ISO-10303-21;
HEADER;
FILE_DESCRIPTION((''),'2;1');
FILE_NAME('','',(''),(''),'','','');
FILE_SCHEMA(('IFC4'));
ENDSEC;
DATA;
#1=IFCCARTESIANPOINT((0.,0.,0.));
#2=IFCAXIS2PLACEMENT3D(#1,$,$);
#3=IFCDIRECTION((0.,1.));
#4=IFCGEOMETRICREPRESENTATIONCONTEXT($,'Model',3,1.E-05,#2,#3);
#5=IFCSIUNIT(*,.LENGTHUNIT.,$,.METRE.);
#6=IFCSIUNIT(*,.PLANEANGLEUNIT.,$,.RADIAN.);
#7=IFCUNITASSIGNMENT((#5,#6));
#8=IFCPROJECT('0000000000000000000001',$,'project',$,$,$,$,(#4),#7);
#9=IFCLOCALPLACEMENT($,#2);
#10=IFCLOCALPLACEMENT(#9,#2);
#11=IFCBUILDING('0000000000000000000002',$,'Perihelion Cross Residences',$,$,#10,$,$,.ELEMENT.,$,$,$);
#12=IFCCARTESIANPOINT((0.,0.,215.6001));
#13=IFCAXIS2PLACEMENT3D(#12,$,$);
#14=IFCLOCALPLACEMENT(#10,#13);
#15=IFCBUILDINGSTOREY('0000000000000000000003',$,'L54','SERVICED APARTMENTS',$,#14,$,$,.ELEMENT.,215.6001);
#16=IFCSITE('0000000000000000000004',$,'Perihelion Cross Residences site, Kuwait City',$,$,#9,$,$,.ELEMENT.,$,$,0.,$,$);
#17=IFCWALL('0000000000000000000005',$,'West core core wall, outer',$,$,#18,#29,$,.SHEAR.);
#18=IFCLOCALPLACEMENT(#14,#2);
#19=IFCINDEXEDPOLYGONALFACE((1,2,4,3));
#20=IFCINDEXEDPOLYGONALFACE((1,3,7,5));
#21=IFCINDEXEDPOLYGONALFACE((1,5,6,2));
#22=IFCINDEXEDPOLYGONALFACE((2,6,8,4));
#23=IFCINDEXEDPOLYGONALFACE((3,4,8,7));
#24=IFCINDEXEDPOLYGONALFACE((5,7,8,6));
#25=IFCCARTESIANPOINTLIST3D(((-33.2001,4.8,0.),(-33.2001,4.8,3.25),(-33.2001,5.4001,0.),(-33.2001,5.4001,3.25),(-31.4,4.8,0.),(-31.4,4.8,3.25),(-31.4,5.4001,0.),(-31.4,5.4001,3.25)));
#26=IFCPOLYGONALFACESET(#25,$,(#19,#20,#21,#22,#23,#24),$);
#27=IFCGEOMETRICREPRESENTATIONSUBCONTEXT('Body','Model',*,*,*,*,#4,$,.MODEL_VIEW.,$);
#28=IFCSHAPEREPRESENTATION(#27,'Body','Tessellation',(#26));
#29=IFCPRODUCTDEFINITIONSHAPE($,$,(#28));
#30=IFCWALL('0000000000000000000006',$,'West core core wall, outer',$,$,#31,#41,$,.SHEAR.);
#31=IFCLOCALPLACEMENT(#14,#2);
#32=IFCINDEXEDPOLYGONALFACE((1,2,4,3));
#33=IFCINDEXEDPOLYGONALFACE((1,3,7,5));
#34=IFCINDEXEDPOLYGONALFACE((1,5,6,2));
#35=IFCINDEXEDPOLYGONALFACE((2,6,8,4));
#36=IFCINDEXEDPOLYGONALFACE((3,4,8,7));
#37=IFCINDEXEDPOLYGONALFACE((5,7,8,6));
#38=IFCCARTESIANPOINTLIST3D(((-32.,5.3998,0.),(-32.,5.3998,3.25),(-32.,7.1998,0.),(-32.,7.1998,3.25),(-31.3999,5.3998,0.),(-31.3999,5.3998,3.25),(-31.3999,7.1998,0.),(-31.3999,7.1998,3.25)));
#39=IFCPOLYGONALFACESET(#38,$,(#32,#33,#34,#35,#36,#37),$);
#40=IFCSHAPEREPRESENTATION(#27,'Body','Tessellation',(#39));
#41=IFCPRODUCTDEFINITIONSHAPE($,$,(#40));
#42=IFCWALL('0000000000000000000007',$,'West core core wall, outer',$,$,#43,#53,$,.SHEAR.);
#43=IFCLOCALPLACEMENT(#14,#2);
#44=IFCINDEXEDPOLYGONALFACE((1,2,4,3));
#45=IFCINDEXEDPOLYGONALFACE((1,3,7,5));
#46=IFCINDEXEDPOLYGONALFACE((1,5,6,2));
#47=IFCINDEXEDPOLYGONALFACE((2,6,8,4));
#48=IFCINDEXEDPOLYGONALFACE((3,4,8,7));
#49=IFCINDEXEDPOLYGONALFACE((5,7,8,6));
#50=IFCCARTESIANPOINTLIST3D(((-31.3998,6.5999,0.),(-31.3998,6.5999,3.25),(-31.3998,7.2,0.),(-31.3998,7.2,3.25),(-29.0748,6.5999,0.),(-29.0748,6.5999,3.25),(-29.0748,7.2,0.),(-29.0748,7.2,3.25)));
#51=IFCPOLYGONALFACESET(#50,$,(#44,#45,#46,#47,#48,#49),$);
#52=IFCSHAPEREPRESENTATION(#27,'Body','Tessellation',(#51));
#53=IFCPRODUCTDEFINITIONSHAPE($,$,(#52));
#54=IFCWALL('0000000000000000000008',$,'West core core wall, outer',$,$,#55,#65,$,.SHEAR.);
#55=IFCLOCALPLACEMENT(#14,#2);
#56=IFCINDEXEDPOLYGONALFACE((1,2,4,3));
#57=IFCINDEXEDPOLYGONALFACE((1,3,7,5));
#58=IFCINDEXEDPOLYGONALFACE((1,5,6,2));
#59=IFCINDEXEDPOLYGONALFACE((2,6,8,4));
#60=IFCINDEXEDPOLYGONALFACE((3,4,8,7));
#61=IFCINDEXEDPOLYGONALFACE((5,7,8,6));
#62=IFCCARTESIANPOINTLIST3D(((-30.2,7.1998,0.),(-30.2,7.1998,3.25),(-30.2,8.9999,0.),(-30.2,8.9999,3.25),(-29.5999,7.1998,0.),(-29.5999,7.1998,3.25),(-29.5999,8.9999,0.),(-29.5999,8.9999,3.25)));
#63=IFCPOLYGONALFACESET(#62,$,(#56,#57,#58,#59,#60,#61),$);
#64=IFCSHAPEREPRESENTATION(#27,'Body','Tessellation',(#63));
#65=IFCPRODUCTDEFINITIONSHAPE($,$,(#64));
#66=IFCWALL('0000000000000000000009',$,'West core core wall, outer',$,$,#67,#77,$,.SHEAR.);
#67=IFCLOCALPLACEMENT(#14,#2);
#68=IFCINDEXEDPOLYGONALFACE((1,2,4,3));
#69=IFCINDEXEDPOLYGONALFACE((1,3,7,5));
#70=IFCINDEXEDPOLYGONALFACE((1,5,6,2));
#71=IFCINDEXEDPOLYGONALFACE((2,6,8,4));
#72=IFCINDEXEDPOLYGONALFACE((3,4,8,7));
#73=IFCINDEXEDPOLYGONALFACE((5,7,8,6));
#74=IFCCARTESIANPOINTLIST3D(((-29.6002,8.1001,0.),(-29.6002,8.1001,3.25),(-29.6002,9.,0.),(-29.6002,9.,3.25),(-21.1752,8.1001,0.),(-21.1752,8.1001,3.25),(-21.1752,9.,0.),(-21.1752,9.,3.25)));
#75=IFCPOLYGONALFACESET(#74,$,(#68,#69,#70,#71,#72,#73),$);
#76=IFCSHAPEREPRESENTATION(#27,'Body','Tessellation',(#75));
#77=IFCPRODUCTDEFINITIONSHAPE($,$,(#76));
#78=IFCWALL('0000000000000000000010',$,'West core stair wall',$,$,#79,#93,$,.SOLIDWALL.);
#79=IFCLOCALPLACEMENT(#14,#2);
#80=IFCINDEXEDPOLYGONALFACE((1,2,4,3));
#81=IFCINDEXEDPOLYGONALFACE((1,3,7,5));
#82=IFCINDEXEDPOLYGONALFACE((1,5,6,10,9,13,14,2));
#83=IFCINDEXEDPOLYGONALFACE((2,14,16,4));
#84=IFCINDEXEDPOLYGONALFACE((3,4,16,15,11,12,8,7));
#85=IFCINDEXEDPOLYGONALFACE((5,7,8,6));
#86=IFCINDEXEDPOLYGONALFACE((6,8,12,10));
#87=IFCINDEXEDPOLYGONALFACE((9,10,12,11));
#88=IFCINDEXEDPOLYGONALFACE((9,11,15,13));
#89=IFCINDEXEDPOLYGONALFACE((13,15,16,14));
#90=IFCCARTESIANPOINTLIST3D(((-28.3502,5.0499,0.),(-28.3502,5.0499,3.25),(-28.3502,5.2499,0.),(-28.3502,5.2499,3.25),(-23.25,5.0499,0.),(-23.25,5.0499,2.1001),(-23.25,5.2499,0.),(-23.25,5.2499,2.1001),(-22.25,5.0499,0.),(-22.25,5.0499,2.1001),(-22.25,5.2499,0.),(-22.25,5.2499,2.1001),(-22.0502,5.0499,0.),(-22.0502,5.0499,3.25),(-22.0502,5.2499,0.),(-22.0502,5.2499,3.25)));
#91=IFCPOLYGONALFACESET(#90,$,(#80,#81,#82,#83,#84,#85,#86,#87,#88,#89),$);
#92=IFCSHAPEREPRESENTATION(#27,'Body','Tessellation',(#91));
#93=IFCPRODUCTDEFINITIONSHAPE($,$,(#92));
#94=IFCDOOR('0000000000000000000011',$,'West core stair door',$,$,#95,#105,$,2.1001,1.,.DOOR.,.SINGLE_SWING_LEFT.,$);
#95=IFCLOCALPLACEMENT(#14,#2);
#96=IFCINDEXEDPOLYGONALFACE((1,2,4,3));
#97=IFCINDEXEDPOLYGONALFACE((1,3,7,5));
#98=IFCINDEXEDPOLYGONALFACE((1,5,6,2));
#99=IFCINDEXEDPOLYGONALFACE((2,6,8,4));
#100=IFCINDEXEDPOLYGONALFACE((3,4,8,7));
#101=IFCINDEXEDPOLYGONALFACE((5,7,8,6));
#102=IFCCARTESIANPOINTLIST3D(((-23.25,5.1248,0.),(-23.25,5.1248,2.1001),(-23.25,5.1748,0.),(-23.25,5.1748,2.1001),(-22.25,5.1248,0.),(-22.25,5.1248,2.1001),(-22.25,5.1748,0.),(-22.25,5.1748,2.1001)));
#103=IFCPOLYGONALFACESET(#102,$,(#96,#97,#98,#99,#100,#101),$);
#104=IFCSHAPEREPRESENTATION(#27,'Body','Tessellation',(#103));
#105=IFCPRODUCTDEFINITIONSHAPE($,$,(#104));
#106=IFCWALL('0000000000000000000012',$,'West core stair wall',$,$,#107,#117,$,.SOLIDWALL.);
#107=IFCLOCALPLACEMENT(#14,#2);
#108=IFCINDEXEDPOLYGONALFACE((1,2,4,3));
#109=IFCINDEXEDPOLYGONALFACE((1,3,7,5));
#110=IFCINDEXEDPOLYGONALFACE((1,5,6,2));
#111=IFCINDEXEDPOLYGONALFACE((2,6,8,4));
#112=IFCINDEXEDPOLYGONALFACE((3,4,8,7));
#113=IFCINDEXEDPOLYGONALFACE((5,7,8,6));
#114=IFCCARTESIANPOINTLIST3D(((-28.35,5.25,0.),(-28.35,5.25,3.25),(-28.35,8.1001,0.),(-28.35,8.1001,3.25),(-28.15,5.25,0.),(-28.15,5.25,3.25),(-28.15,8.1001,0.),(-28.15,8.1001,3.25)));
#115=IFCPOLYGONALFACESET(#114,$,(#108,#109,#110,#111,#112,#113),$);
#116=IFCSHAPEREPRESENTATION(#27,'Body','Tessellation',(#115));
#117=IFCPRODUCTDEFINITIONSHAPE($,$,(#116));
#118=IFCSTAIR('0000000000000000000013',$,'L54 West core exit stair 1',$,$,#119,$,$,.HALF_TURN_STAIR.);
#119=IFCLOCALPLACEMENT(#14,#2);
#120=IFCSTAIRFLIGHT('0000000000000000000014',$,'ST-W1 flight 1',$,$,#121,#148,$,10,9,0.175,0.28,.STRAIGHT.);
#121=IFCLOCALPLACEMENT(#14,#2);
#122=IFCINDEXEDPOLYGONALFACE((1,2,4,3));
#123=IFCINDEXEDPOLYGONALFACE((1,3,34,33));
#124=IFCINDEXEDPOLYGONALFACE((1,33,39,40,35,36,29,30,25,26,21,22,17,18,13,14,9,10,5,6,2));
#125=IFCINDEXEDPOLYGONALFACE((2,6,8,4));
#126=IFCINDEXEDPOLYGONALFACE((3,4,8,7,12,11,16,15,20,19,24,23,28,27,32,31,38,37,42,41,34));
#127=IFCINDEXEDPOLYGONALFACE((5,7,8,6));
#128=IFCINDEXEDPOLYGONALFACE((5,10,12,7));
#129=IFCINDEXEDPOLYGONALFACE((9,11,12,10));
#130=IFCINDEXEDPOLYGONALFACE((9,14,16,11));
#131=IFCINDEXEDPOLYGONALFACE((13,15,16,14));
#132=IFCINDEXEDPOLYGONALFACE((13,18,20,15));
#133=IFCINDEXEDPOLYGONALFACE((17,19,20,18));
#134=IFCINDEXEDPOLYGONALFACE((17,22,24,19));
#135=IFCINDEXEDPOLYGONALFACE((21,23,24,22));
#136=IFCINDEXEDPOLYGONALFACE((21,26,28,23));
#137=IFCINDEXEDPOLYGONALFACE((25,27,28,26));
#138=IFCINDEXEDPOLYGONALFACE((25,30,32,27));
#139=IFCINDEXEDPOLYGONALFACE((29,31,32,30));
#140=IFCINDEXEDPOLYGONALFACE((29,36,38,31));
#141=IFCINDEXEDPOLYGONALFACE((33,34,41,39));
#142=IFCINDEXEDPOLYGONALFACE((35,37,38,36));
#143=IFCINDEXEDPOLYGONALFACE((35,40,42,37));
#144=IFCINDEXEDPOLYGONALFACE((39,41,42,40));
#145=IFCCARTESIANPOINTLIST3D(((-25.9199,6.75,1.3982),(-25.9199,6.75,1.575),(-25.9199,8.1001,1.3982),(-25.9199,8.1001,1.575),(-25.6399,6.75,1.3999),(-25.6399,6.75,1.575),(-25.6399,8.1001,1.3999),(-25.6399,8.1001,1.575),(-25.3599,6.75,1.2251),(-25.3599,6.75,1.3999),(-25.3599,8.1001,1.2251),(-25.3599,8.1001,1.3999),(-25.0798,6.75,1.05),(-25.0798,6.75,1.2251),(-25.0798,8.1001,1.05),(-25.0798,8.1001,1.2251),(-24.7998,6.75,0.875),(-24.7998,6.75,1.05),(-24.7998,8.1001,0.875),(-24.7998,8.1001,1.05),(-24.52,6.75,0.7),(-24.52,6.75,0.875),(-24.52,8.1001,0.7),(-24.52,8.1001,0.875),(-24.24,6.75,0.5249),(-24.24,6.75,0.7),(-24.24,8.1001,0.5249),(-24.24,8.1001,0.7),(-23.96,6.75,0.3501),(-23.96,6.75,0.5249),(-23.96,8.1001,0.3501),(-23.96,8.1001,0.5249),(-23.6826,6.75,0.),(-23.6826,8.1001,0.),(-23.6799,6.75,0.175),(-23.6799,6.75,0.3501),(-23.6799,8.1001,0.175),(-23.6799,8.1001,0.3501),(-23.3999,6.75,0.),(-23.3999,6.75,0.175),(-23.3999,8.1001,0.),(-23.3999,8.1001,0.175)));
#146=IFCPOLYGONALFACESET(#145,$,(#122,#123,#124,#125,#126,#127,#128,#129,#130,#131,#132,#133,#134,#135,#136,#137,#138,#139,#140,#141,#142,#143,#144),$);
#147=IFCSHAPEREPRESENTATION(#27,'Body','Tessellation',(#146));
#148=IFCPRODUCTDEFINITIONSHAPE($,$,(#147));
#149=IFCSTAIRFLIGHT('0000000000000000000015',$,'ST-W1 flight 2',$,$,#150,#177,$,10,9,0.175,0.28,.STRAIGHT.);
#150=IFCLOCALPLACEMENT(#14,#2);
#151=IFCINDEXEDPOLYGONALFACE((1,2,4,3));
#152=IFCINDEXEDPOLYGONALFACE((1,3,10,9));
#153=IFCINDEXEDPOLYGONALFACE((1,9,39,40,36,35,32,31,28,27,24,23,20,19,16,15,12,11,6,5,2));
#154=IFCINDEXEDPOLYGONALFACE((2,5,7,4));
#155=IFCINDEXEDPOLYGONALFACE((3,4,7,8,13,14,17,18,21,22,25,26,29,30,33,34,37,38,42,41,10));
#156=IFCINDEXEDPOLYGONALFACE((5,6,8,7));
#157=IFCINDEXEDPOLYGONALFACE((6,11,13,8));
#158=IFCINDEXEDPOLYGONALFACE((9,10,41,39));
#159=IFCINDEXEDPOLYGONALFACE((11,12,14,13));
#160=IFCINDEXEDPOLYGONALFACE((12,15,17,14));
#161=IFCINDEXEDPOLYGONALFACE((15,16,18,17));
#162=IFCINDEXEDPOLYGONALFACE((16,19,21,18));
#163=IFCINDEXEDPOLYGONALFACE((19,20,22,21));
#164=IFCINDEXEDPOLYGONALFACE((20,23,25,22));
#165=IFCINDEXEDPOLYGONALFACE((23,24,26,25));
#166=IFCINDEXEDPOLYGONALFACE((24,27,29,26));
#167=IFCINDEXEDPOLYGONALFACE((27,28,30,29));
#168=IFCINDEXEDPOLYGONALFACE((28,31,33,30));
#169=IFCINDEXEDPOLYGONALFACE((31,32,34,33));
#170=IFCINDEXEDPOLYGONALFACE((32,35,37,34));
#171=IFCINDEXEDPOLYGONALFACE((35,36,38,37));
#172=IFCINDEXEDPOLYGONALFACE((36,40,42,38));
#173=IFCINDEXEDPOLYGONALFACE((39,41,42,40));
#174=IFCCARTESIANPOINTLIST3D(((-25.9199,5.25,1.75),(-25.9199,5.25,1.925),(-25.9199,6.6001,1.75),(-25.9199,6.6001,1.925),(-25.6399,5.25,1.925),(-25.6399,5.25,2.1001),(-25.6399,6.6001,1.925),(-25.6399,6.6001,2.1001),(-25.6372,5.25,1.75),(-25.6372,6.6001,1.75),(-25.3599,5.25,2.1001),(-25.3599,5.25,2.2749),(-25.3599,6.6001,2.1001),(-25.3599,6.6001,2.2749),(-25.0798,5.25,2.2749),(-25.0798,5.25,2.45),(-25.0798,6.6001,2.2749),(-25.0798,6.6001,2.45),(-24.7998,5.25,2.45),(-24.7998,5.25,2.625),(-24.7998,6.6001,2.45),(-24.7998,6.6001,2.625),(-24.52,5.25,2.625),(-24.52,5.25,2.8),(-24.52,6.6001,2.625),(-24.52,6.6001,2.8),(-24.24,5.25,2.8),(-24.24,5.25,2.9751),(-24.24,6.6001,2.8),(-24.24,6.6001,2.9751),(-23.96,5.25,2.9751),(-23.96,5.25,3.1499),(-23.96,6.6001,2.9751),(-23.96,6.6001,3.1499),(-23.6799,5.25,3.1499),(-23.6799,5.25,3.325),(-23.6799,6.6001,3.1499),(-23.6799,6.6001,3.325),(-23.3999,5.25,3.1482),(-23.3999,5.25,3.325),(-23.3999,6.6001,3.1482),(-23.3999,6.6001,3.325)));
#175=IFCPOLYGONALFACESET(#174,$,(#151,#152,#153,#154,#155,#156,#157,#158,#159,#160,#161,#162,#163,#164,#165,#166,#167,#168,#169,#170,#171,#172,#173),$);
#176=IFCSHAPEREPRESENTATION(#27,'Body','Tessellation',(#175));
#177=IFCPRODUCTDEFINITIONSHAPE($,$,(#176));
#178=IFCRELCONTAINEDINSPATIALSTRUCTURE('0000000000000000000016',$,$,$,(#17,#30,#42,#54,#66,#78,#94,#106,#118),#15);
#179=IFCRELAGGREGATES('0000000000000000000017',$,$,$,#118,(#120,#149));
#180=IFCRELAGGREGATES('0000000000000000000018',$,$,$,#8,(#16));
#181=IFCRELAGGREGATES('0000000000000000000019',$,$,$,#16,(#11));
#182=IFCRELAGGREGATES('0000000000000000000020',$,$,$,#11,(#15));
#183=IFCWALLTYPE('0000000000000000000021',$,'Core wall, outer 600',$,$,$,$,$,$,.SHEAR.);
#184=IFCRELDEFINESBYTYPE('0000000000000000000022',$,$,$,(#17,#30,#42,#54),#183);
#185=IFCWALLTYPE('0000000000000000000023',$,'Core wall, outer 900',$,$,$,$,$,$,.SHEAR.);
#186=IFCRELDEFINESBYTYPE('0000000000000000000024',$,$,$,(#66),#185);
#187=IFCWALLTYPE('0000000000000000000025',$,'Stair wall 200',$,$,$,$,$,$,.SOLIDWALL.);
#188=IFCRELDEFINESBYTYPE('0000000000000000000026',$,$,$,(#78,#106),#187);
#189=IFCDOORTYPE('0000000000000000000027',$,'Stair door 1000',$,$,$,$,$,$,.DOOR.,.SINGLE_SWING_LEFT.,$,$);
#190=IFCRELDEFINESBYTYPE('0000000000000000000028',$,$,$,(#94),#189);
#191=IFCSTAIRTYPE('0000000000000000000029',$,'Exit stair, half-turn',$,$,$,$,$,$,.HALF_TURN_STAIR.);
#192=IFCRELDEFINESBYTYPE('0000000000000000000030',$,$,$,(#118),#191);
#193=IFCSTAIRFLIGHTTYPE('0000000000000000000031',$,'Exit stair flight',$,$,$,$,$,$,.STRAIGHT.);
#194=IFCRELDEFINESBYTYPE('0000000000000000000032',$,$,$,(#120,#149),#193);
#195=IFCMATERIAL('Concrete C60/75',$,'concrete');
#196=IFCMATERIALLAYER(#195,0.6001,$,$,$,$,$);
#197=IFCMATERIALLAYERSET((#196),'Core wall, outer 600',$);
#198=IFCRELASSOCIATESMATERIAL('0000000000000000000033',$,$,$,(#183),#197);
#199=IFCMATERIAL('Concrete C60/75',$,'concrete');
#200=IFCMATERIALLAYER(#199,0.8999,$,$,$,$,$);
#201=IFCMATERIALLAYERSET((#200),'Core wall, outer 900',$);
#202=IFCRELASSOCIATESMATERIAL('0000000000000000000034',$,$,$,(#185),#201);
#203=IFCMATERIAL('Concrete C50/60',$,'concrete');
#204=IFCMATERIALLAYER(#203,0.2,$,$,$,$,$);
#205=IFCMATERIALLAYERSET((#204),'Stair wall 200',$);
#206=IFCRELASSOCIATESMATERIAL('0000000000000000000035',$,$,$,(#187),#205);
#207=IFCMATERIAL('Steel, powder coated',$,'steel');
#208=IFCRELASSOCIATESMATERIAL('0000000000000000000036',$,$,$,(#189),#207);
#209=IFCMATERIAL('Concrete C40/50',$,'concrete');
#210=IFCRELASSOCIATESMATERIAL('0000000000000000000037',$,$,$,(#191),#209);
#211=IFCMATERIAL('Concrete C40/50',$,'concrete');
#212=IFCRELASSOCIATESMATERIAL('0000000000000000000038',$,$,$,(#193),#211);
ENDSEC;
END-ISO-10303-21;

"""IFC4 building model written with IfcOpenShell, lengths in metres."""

from ifc_helpers import new_model, si_unit, direction, frame, frame_2d, origin, place, context, subcontext, project, spatial, polyline, rectangle, outline, extrude, material, layer, layer_set, type_object, element, fill, aggregate, save


model = new_model("IFC4")

# Units and contexts
model_context = context("Model", 3, precision=1e-05, world=origin(), true_north=direction((0.0, 1.0)))
body_context = subcontext(model_context, "Body", "Model", "MODEL_VIEW")
ifc_project = project(units=[si_unit("LENGTHUNIT", "METRE"), si_unit("PLANEANGLEUNIT", "RADIAN")], contexts=[model_context])

# Site, building, storey
site_placement = place(None, origin())
site = spatial("IfcSite", under=ifc_project, at=site_placement, Name="Perihelion Cross Residences site, Kuwait City", CompositionType="ELEMENT", RefElevation=0.0)
building_placement = place(site_placement, origin())
building = spatial("IfcBuilding", under=site, at=building_placement, Name="Perihelion Cross Residences", CompositionType="ELEMENT")
storey_placement = place(building_placement, frame((0.0, 0.0, 215.6001)))
storey = spatial("IfcBuildingStorey", under=building, at=storey_placement, Name="L54", Description="SERVICED APARTMENTS", CompositionType="ELEMENT", Elevation=215.6001)

# Walls
ifc_material_1 = material(Name="Concrete C60/75", Category="concrete")
ifc_layer_1 = layer(ifc_material_1, 0.6001)
ifc_layer_set_1 = layer_set([ifc_layer_1], Name="Core wall, outer 600")
wall_type_1 = type_object("IfcWallType", Name="Core wall, outer 600", PredefinedType="SHEAR", material=ifc_layer_set_1)
for number, where, z_axis, x_axis, name in (
    (1, (-33.2, 5.1001, 0.0), (0.0, 0.0, 1.0), (1.0, 0.0, 0.0), "West core core wall, outer"),
    (2, (-31.7, 5.3999, 0.0), (0.0, 0.0, 1.0), (0.0, 1.0, 0.0), "West core core wall, outer"),
):
    element("IfcWall", number, at=place(storey_placement, frame(where, z_axis=z_axis, x_axis=x_axis)), inside=storey, type_object=wall_type_1, Name=name, PredefinedType="SHEAR", context=body_context, shape_type="SweptSolid", body=[
        extrude(rectangle(XDim=1.8, YDim=0.6001, at=frame_2d((0.8999, 0.0))), origin(), (0.0, 0.0, 1.0), 3.25),
    ])
wall_1_placement = place(storey_placement, frame((-31.3999, 6.8999, 0.0), z_axis=(0.0, 0.0, 1.0), x_axis=(1.0, 0.0, 0.0)))
element("IfcWall", 3, at=wall_1_placement, inside=storey, type_object=wall_type_1, Name="West core core wall, outer", PredefinedType="SHEAR", context=body_context, shape_type="SweptSolid", body=[
    extrude(rectangle(XDim=2.325, YDim=0.6001, at=frame_2d((1.1626, 0.0))), origin(), (0.0, 0.0, 1.0), 3.25),
])
wall_2_placement = place(storey_placement, frame((-29.8999, 7.2, 0.0), z_axis=(0.0, 0.0, 1.0), x_axis=(0.0, 1.0, 0.0)))
element("IfcWall", 4, at=wall_2_placement, inside=storey, type_object=wall_type_1, Name="West core core wall, outer", PredefinedType="SHEAR", context=body_context, shape_type="SweptSolid", body=[
    extrude(rectangle(XDim=1.8, YDim=0.6001, at=frame_2d((0.8999, 0.0))), origin(), (0.0, 0.0, 1.0), 3.25),
])
ifc_material_2 = material(Name="Concrete C60/75", Category="concrete")
ifc_layer_2 = layer(ifc_material_2, 0.8999)
ifc_layer_set_2 = layer_set([ifc_layer_2], Name="Core wall, outer 900")
wall_type_2 = type_object("IfcWallType", Name="Core wall, outer 900", PredefinedType="SHEAR", material=ifc_layer_set_2)
wall_3_placement = place(storey_placement, frame((-29.6001, 8.55, 0.0), z_axis=(0.0, 0.0, 1.0), x_axis=(1.0, 0.0, 0.0)))
element("IfcWall", 5, at=wall_3_placement, inside=storey, type_object=wall_type_2, Name="West core core wall, outer", PredefinedType="SHEAR", context=body_context, shape_type="SweptSolid", body=[
    extrude(rectangle(XDim=8.425, YDim=0.8999, at=frame_2d((4.2124, 0.0))), origin(), (0.0, 0.0, 1.0), 3.25),
])

# Wall, opening, door
ifc_material_3 = material(Name="Concrete C50/60", Category="concrete")
ifc_layer_3 = layer(ifc_material_3, 0.2)
ifc_layer_set_3 = layer_set([ifc_layer_3], Name="Stair wall 200")
wall_type_3 = type_object("IfcWallType", Name="Stair wall 200", PredefinedType="SOLIDWALL", material=ifc_layer_set_3)
wall_4_placement = place(storey_placement, frame((-28.3501, 5.1499, 0.0), z_axis=(0.0, 0.0, 1.0), x_axis=(1.0, 0.0, 0.0)))
wall_4 = element("IfcWall", 6, at=wall_4_placement, inside=storey, type_object=wall_type_3, Name="West core stair wall", PredefinedType="SOLIDWALL", context=body_context, shape_type="SweptSolid", body=[
    extrude(rectangle(XDim=6.3, YDim=0.2, at=frame_2d((3.1499, 0.0))), origin(), (0.0, 0.0, 1.0), 3.25),
])
opening_placement = place(wall_4_placement, frame((5.1001, 0.0, 0.0)))
opening = element("IfcOpeningElement", 7, at=opening_placement, cuts=wall_4, PredefinedType="OPENING", context=body_context, shape_type="SweptSolid", body=[
    extrude(rectangle(XDim=1.0, YDim=2.1001, at=frame_2d((0.5, 1.05))), frame((0.0, 0.1099, 0.0), z_axis=(0.0, -1.0, 0.0), x_axis=(1.0, 0.0, 0.0)), (0.0, 0.0, 1.0), 0.22),
])
ifc_material_4 = material(Name="Steel, powder coated", Category="steel")
door_type = type_object("IfcDoorType", Name="Stair door 1000", OperationType="SINGLE_SWING_LEFT", PredefinedType="DOOR", material=ifc_material_4)
door_placement = place(opening_placement, origin())
door = element("IfcDoor", 8, at=door_placement, inside=storey, type_object=door_type, Name="West core stair door", OperationType="SINGLE_SWING_LEFT", OverallHeight=2.1001, OverallWidth=1.0, PredefinedType="DOOR", context=body_context, shape_type="SweptSolid", body=[
    extrude(rectangle(XDim=1.0, YDim=2.1001, at=frame_2d((0.5, 1.05))), frame((0.0, 0.0249, 0.0), z_axis=(0.0, -1.0, 0.0), x_axis=(1.0, 0.0, 0.0)), (0.0, 0.0, 1.0), 0.05),
])
fill(opening, door)

# Wall
wall_5_placement = place(storey_placement, frame((-28.25, 5.25, 0.0), z_axis=(0.0, 0.0, 1.0), x_axis=(0.0, 1.0, 0.0)))
element("IfcWall", 9, at=wall_5_placement, inside=storey, type_object=wall_type_3, Name="West core stair wall", PredefinedType="SOLIDWALL", context=body_context, shape_type="SweptSolid", body=[
    extrude(rectangle(XDim=2.8501, YDim=0.2, at=frame_2d((1.425, 0.0))), origin(), (0.0, 0.0, 1.0), 3.25),
])

# Stair, stair flights
ifc_material_5 = material(Name="Concrete C40/50", Category="concrete")
stair_type = type_object("IfcStairType", Name="Exit stair, half-turn", PredefinedType="HALF_TURN_STAIR", material=ifc_material_5)
stair_placement = place(storey_placement, origin())
stair = element("IfcStair", 10, at=stair_placement, inside=storey, type_object=stair_type, Name="L54 West core exit stair 1", PredefinedType="HALF_TURN_STAIR")
ifc_material_6 = material(Name="Concrete C40/50", Category="concrete")
stair_flight_type = type_object("IfcStairFlightType", Name="Exit stair flight", PredefinedType="STRAIGHT", material=ifc_material_6)
stair_flight_1_placement = place(storey_placement, frame((-23.3999, 7.425, 0.0), z_axis=(0.0, 0.0, 1.0), x_axis=(-1.0, 0.0, 0.0)))
stair_flight_1 = element("IfcStairFlight", 11, at=stair_flight_1_placement, type_object=stair_flight_type, Name="ST-W1 flight 1", NumberOfRisers=10, NumberOfTreads=9, PredefinedType="STRAIGHT", RiserHeight=0.175, TreadLength=0.28, context=body_context, shape_type="SweptSolid", body=[
    extrude(outline(polyline([(0.0, 0.0), (0.0, 0.175), (0.28, 0.175), (0.28, 0.3501), (0.5601, 0.3501), (0.5601, 0.5249), (0.8401, 0.5249), (0.8401, 0.7), (1.1201, 0.7), (1.1201, 0.875), (1.3999, 0.875), (1.3999, 1.05), (1.6799, 1.05), (1.6799, 1.2251), (1.96, 1.2251), (1.96, 1.3999), (2.24, 1.3999), (2.24, 1.575), (2.52, 1.575), (2.52, 1.75), (2.52, 1.3982), (0.2827, 0.0), (0.0, 0.0)])), frame((0.0, 0.675, 0.0), z_axis=(0.0, -1.0, 0.0), x_axis=(1.0, 0.0, 0.0)), (0.0, 0.0, 1.0), 1.3501),
])
stair_flight_2_placement = place(storey_placement, frame((-25.9199, 5.925, 1.75), z_axis=(0.0, 0.0, 1.0), x_axis=(1.0, 0.0, 0.0)))
stair_flight_2 = element("IfcStairFlight", 12, at=stair_flight_2_placement, type_object=stair_flight_type, Name="ST-W1 flight 2", NumberOfRisers=10, NumberOfTreads=9, PredefinedType="STRAIGHT", RiserHeight=0.175, TreadLength=0.28, context=body_context, shape_type="SweptSolid", body=[
    extrude(outline(polyline([(0.0, 0.0), (0.0, 0.175), (0.28, 0.175), (0.28, 0.3501), (0.5601, 0.3501), (0.5601, 0.5249), (0.8401, 0.5249), (0.8401, 0.7), (1.1201, 0.7), (1.1201, 0.875), (1.3999, 0.875), (1.3999, 1.05), (1.6799, 1.05), (1.6799, 1.2251), (1.96, 1.2251), (1.96, 1.3999), (2.24, 1.3999), (2.24, 1.575), (2.52, 1.575), (2.52, 1.75), (2.52, 1.3982), (0.2827, 0.0), (0.0, 0.0)])), frame((0.0, 0.675, 0.0), z_axis=(0.0, -1.0, 0.0), x_axis=(1.0, 0.0, 0.0)), (0.0, 0.0, 1.0), 1.3501),
])
aggregate(stair, [stair_flight_1, stair_flight_2])

save(model, "model.ifc")
